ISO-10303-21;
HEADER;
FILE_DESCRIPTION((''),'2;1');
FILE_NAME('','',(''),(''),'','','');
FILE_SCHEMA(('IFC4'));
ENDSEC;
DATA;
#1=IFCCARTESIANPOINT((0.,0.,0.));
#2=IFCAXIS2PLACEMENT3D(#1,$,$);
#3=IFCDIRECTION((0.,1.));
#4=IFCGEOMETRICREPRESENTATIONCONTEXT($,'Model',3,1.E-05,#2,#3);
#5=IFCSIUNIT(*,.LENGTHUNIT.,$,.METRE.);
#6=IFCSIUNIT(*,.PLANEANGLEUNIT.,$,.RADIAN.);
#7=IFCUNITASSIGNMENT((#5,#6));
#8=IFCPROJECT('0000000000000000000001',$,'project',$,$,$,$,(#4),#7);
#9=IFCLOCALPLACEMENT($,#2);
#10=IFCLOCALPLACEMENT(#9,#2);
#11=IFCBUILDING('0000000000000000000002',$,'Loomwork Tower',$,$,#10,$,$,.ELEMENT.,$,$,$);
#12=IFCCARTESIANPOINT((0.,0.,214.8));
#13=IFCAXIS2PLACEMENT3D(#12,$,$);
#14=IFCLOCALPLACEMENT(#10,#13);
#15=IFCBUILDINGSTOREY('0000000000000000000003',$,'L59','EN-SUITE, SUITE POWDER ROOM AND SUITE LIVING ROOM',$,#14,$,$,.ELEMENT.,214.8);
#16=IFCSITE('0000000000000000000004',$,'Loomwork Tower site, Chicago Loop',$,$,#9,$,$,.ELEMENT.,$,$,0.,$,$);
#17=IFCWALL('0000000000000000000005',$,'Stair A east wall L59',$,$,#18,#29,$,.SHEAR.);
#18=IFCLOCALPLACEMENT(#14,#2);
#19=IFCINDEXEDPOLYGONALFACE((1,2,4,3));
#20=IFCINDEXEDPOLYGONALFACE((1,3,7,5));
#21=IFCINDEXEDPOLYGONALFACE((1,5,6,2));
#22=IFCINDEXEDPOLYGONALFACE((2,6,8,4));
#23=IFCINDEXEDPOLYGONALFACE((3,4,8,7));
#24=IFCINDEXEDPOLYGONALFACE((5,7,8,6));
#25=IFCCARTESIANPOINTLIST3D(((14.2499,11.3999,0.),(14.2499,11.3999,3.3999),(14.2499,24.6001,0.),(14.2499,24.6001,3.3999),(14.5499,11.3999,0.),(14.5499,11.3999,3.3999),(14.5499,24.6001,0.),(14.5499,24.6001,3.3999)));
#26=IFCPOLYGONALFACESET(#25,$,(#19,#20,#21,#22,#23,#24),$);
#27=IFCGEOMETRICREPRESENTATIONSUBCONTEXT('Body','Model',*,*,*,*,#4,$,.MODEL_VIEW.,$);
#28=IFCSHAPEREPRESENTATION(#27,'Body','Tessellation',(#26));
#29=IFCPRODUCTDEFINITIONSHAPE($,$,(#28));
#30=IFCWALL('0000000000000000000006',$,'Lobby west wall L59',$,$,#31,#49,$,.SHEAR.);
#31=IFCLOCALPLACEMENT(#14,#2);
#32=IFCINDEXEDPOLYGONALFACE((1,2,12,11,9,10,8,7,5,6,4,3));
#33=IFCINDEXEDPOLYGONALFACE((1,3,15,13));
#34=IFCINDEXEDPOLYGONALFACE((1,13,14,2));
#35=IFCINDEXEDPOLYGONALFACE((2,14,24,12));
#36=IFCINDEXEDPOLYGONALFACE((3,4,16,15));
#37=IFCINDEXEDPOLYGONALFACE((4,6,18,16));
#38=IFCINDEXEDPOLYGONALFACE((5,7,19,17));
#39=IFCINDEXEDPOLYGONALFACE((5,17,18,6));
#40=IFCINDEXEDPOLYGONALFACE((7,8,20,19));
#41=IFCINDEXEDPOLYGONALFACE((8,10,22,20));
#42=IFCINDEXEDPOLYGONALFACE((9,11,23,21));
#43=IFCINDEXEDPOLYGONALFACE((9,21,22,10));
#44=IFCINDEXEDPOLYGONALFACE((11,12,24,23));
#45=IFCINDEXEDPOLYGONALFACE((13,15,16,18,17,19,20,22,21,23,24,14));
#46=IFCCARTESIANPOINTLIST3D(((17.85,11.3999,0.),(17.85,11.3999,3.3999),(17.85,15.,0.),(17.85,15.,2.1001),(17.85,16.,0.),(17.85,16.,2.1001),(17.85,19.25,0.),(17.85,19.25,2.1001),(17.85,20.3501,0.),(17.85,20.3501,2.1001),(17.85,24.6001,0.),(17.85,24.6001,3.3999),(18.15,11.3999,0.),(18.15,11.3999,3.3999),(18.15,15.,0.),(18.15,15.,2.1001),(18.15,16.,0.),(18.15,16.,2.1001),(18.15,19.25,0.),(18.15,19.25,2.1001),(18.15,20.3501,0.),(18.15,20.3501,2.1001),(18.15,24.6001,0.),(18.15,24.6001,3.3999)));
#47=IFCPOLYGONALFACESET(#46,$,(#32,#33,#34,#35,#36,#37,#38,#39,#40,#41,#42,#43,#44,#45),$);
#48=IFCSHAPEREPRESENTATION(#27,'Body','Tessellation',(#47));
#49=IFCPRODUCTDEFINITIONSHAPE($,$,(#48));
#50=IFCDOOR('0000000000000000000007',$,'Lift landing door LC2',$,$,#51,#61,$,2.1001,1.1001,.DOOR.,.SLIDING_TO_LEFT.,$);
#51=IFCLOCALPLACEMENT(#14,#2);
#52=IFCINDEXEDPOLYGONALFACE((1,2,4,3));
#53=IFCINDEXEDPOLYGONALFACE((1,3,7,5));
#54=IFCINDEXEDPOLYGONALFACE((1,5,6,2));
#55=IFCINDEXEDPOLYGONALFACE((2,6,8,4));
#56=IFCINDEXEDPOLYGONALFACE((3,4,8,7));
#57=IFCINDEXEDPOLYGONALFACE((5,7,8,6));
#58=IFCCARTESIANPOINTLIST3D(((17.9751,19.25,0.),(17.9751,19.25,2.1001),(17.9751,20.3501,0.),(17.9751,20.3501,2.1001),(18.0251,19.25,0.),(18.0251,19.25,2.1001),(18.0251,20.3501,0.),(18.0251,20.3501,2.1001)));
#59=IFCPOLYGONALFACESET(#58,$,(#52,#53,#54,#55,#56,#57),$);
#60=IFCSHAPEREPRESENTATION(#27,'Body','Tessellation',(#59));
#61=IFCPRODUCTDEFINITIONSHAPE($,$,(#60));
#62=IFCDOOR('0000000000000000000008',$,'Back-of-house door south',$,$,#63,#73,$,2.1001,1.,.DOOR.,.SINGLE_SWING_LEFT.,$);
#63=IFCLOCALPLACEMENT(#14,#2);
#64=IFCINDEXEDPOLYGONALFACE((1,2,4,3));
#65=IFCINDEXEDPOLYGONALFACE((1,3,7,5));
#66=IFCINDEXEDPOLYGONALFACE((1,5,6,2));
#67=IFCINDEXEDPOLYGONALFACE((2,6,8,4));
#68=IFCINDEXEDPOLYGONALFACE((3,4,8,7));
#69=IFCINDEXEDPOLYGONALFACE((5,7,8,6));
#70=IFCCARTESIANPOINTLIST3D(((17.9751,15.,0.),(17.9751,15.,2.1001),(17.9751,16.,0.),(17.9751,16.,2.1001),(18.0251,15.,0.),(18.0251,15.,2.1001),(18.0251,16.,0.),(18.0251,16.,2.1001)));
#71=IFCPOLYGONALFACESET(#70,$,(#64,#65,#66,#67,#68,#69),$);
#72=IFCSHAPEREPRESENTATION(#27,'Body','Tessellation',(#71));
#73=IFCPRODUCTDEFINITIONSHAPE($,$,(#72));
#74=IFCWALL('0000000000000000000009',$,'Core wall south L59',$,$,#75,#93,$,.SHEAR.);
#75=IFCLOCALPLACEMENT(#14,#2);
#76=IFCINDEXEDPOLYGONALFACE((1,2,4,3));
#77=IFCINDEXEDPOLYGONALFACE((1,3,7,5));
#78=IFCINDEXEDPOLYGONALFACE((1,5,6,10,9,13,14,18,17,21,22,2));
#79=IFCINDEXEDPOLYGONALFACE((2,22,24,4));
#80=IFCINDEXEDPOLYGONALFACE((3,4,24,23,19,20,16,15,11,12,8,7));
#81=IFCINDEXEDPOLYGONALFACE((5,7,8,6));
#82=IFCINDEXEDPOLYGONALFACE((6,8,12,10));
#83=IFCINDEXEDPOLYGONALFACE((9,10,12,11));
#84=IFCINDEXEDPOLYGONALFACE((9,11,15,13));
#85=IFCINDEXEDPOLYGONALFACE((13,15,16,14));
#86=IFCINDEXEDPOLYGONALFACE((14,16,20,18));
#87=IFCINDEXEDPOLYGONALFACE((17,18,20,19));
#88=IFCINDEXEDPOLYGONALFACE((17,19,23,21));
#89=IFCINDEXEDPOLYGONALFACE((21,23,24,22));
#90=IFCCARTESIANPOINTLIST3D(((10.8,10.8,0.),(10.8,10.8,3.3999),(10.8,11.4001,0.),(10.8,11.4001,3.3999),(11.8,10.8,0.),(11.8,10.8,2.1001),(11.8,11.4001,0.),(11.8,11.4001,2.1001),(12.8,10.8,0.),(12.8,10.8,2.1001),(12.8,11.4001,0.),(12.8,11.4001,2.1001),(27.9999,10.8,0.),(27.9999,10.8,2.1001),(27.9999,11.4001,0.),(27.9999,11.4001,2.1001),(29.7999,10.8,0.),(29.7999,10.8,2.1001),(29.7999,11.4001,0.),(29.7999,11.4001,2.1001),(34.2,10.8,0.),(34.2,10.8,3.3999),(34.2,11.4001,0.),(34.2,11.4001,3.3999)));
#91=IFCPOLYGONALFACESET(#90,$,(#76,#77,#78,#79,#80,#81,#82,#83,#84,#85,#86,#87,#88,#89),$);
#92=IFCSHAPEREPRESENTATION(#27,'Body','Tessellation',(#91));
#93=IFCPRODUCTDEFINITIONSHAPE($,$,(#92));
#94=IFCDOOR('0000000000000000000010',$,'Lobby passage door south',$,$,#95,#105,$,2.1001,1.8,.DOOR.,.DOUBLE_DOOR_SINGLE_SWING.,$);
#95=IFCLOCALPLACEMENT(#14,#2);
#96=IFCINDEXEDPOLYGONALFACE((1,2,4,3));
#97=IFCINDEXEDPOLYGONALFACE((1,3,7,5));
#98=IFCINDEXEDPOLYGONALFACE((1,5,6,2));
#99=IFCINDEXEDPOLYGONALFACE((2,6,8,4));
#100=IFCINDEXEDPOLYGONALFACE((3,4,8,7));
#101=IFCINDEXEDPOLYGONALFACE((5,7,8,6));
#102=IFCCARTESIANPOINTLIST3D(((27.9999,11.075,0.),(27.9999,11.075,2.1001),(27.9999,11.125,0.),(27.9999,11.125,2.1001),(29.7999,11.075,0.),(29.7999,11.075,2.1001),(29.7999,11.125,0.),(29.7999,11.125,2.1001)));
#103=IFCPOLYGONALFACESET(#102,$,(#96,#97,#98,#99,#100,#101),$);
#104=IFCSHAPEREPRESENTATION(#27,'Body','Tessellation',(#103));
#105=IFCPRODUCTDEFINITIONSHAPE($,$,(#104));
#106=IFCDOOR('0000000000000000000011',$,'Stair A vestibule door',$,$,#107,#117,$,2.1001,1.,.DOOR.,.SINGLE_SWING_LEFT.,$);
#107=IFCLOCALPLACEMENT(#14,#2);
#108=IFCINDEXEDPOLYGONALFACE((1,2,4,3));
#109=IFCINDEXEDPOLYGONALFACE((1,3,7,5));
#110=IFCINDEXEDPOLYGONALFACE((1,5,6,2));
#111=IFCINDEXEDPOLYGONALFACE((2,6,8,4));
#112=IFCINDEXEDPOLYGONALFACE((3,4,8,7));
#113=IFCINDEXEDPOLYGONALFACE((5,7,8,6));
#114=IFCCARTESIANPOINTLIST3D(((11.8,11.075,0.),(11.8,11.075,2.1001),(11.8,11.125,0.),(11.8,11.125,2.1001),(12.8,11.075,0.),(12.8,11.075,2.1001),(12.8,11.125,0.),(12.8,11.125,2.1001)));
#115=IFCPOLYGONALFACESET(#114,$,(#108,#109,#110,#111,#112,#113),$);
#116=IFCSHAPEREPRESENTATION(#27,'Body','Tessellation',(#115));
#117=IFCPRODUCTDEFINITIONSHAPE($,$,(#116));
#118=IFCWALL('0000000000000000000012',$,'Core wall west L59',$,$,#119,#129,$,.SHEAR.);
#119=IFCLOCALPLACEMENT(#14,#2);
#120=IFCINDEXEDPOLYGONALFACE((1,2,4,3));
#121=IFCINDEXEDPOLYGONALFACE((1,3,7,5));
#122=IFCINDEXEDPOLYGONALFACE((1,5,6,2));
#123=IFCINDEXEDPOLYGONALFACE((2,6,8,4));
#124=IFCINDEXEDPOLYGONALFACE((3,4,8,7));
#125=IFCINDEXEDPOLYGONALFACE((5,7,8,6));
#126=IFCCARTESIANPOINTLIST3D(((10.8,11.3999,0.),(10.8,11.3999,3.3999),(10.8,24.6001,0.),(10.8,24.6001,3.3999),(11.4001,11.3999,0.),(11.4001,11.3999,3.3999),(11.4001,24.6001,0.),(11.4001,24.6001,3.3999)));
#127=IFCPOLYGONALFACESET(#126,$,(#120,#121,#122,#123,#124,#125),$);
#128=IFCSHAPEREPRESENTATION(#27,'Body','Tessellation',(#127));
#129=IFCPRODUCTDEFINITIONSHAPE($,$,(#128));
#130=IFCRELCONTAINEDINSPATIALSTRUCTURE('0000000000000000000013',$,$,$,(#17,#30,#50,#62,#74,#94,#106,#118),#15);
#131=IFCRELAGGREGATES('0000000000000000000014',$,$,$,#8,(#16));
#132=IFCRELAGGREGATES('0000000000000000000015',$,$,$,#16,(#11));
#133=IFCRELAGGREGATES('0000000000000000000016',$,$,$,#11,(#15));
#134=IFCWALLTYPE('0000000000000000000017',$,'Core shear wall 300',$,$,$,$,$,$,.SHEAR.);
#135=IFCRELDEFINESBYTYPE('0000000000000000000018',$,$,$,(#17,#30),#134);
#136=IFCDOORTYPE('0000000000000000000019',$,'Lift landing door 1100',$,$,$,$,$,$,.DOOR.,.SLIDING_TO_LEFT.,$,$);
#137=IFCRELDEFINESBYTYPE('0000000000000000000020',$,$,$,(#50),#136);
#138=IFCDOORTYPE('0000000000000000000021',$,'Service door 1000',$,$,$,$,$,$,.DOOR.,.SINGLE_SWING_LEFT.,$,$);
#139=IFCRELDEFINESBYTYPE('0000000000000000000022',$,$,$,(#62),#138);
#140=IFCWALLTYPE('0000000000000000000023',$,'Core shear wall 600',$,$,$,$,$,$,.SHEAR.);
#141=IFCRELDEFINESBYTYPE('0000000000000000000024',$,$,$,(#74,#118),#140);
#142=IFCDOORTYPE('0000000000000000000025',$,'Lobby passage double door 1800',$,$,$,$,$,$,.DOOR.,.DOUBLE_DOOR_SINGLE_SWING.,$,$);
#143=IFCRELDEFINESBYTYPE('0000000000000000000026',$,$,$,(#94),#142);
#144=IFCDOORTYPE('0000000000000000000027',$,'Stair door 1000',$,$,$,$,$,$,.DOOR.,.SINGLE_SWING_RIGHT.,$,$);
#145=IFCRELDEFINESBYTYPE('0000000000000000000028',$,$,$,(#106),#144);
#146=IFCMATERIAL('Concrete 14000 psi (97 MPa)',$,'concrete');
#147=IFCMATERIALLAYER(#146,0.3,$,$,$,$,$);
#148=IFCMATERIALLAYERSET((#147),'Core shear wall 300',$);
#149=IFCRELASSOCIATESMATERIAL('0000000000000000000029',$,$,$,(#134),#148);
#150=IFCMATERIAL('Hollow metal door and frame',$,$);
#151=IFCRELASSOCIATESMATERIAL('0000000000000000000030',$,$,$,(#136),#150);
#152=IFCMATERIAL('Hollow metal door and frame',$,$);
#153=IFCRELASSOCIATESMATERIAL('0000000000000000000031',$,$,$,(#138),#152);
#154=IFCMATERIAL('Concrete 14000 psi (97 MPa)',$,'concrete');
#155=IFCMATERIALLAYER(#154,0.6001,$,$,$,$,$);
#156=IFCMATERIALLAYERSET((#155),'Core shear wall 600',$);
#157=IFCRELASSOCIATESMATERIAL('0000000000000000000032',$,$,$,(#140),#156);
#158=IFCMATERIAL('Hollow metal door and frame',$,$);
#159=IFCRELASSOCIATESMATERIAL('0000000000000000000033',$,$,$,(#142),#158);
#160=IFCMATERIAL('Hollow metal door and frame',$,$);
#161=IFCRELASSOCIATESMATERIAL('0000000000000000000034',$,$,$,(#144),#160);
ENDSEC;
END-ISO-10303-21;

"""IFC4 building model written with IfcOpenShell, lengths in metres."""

from ifc_helpers import new_model, si_unit, direction, frame, frame_2d, origin, place, context, subcontext, project, spatial, rectangle, extrude, material, layer, layer_set, type_object, element, fill, save


model = new_model("IFC4")

# Units and contexts
model_context = context("Model", 3, precision=1e-05, world=origin(), true_north=direction((0.0, 1.0)))
body_context = subcontext(model_context, "Body", "Model", "MODEL_VIEW")
ifc_project = project(units=[si_unit("LENGTHUNIT", "METRE"), si_unit("PLANEANGLEUNIT", "RADIAN")], contexts=[model_context])

# Site, building, storey
site_placement = place(None, origin())
site = spatial("IfcSite", under=ifc_project, at=site_placement, Name="Loomwork Tower site, Chicago Loop", CompositionType="ELEMENT", RefElevation=0.0)
building_placement = place(site_placement, origin())
building = spatial("IfcBuilding", under=site, at=building_placement, Name="Loomwork Tower", CompositionType="ELEMENT")
storey_placement = place(building_placement, frame((0.0, 0.0, 214.8)))
storey = spatial("IfcBuildingStorey", under=building, at=storey_placement, Name="L59", Description="EN-SUITE, SUITE POWDER ROOM AND SUITE LIVING ROOM", CompositionType="ELEMENT", Elevation=214.8)

# Wall
ifc_material_1 = material(Name="Concrete 14000 psi (97 MPa)", Category="concrete")
ifc_layer_1 = layer(ifc_material_1, 0.3)
ifc_layer_set_1 = layer_set([ifc_layer_1], Name="Core shear wall 300")
wall_type_1 = type_object("IfcWallType", Name="Core shear wall 300", PredefinedType="SHEAR", material=ifc_layer_set_1)
wall_1_placement = place(storey_placement, frame((14.3999, 11.3999, 0.0), z_axis=(0.0, 0.0, 1.0), x_axis=(0.0, 1.0, 0.0)))
element("IfcWall", 1, at=wall_1_placement, inside=storey, type_object=wall_type_1, Name="Stair A east wall L59", PredefinedType="SHEAR", context=body_context, shape_type="SweptSolid", body=[
    extrude(rectangle(XDim=13.2002, YDim=0.3, at=frame_2d((6.6001, 0.0))), origin(), (0.0, 0.0, 1.0), 3.3999),
])

# Walls, openings, doors
wall_2_placement = place(storey_placement, frame((18.0, 11.3999, 0.0), z_axis=(0.0, 0.0, 1.0), x_axis=(0.0, 1.0, 0.0)))
wall_2 = element("IfcWall", 2, at=wall_2_placement, inside=storey, type_object=wall_type_1, Name="Lobby west wall L59", PredefinedType="SHEAR", context=body_context, shape_type="SweptSolid", body=[
    extrude(rectangle(XDim=13.2002, YDim=0.3, at=frame_2d((6.6001, 0.0))), origin(), (0.0, 0.0, 1.0), 3.3999),
])
opening_1_placement = place(wall_2_placement, frame((3.6001, 0.0, 0.0)))
opening_1 = element("IfcOpeningElement", 3, at=opening_1_placement, cuts=wall_2, PredefinedType="OPENING", context=body_context, shape_type="SweptSolid", body=[
    extrude(rectangle(XDim=1.0, YDim=2.1001, at=frame_2d((0.5, 1.05))), frame((0.0, 0.1599, 0.0), z_axis=(0.0, -1.0, 0.0), x_axis=(1.0, 0.0, 0.0)), (0.0, 0.0, 1.0), 0.3201),
])
opening_2_placement = place(wall_2_placement, frame((7.8501, 0.0, 0.0)))
opening_2 = element("IfcOpeningElement", 4, at=opening_2_placement, cuts=wall_2, PredefinedType="OPENING", context=body_context, shape_type="SweptSolid", body=[
    extrude(rectangle(XDim=1.1001, YDim=2.1001, at=frame_2d((0.55, 1.05))), frame((0.0, 0.1599, 0.0), z_axis=(0.0, -1.0, 0.0), x_axis=(1.0, 0.0, 0.0)), (0.0, 0.0, 1.0), 0.3201),
])
ifc_material_2 = material(Name="Hollow metal door and frame")
door_type_1 = type_object("IfcDoorType", Name="Lift landing door 1100", OperationType="SLIDING_TO_LEFT", PredefinedType="DOOR", material=ifc_material_2)
door_1_placement = place(opening_2_placement, origin())
door_1 = element("IfcDoor", 5, at=door_1_placement, inside=storey, type_object=door_type_1, Name="Lift landing door LC2", OperationType="SLIDING_TO_LEFT", OverallHeight=2.1001, OverallWidth=1.1001, PredefinedType="DOOR", context=body_context, shape_type="SweptSolid", body=[
    extrude(rectangle(XDim=1.1001, YDim=2.1001, at=frame_2d((0.55, 1.05))), frame((0.0, 0.0249, 0.0), z_axis=(0.0, -1.0, 0.0), x_axis=(1.0, 0.0, 0.0)), (0.0, 0.0, 1.0), 0.05),
])
fill(opening_2, door_1)
ifc_material_3 = material(Name="Hollow metal door and frame")
door_type_2 = type_object("IfcDoorType", Name="Service door 1000", OperationType="SINGLE_SWING_LEFT", PredefinedType="DOOR", material=ifc_material_3)
door_2_placement = place(opening_1_placement, origin())
door_2 = element("IfcDoor", 6, at=door_2_placement, inside=storey, type_object=door_type_2, Name="Back-of-house door south", OperationType="SINGLE_SWING_LEFT", OverallHeight=2.1001, OverallWidth=1.0, PredefinedType="DOOR", context=body_context, shape_type="SweptSolid", body=[
    extrude(rectangle(XDim=1.0, YDim=2.1001, at=frame_2d((0.5, 1.05))), frame((0.0, 0.0249, 0.0), z_axis=(0.0, -1.0, 0.0), x_axis=(1.0, 0.0, 0.0)), (0.0, 0.0, 1.0), 0.05),
])
fill(opening_1, door_2)
ifc_material_4 = material(Name="Concrete 14000 psi (97 MPa)", Category="concrete")
ifc_layer_2 = layer(ifc_material_4, 0.6001)
ifc_layer_set_2 = layer_set([ifc_layer_2], Name="Core shear wall 600")
wall_type_2 = type_object("IfcWallType", Name="Core shear wall 600", PredefinedType="SHEAR", material=ifc_layer_set_2)
wall_3_placement = place(storey_placement, frame((10.8, 11.1001, 0.0), z_axis=(0.0, 0.0, 1.0), x_axis=(1.0, 0.0, 0.0)))
wall_3 = element("IfcWall", 7, at=wall_3_placement, inside=storey, type_object=wall_type_2, Name="Core wall south L59", PredefinedType="SHEAR", context=body_context, shape_type="SweptSolid", body=[
    extrude(rectangle(XDim=23.3999, YDim=0.6001, at=frame_2d((11.7, 0.0))), origin(), (0.0, 0.0, 1.0), 3.3999),
])
opening_3_placement = place(wall_3_placement, frame((1.0, 0.0, 0.0)))
opening_3 = element("IfcOpeningElement", 8, at=opening_3_placement, cuts=wall_3, PredefinedType="OPENING", context=body_context, shape_type="SweptSolid", body=[
    extrude(rectangle(XDim=1.0, YDim=2.1001, at=frame_2d((0.5, 1.05))), frame((0.0, 0.3101, 0.0), z_axis=(0.0, -1.0, 0.0), x_axis=(1.0, 0.0, 0.0)), (0.0, 0.0, 1.0), 0.6201),
])
opening_4_placement = place(wall_3_placement, frame((17.2, 0.0, 0.0)))
opening_4 = element("IfcOpeningElement", 9, at=opening_4_placement, cuts=wall_3, PredefinedType="OPENING", context=body_context, shape_type="SweptSolid", body=[
    extrude(rectangle(XDim=1.8, YDim=2.1001, at=frame_2d((0.8999, 1.05))), frame((0.0, 0.3101, 0.0), z_axis=(0.0, -1.0, 0.0), x_axis=(1.0, 0.0, 0.0)), (0.0, 0.0, 1.0), 0.6201),
])
ifc_material_5 = material(Name="Hollow metal door and frame")
door_type_3 = type_object("IfcDoorType", Name="Lobby passage double door 1800", OperationType="DOUBLE_DOOR_SINGLE_SWING", PredefinedType="DOOR", material=ifc_material_5)
door_3_placement = place(opening_4_placement, origin())
door_3 = element("IfcDoor", 10, at=door_3_placement, inside=storey, type_object=door_type_3, Name="Lobby passage door south", OperationType="DOUBLE_DOOR_SINGLE_SWING", OverallHeight=2.1001, OverallWidth=1.8, PredefinedType="DOOR", context=body_context, shape_type="SweptSolid", body=[
    extrude(rectangle(XDim=1.8, YDim=2.1001, at=frame_2d((0.8999, 1.05))), frame((0.0, 0.0249, 0.0), z_axis=(0.0, -1.0, 0.0), x_axis=(1.0, 0.0, 0.0)), (0.0, 0.0, 1.0), 0.05),
])
fill(opening_4, door_3)
ifc_material_6 = material(Name="Hollow metal door and frame")
door_type_4 = type_object("IfcDoorType", Name="Stair door 1000", OperationType="SINGLE_SWING_RIGHT", PredefinedType="DOOR", material=ifc_material_6)
door_4_placement = place(opening_3_placement, origin())
door_4 = element("IfcDoor", 11, at=door_4_placement, inside=storey, type_object=door_type_4, Name="Stair A vestibule door", OperationType="SINGLE_SWING_LEFT", OverallHeight=2.1001, OverallWidth=1.0, PredefinedType="DOOR", context=body_context, shape_type="SweptSolid", body=[
    extrude(rectangle(XDim=1.0, YDim=2.1001, at=frame_2d((0.5, 1.05))), frame((0.0, 0.0249, 0.0), z_axis=(0.0, -1.0, 0.0), x_axis=(1.0, 0.0, 0.0)), (0.0, 0.0, 1.0), 0.05),
])
fill(opening_3, door_4)

# Wall
wall_4_placement = place(storey_placement, frame((11.1001, 11.3999, 0.0), z_axis=(0.0, 0.0, 1.0), x_axis=(0.0, 1.0, 0.0)))
element("IfcWall", 12, at=wall_4_placement, inside=storey, type_object=wall_type_2, Name="Core wall west L59", PredefinedType="SHEAR", context=body_context, shape_type="SweptSolid", body=[
    extrude(rectangle(XDim=13.2002, YDim=0.6001, at=frame_2d((6.6001, 0.0))), origin(), (0.0, 0.0, 1.0), 3.3999),
])

save(model, "model.ifc")
